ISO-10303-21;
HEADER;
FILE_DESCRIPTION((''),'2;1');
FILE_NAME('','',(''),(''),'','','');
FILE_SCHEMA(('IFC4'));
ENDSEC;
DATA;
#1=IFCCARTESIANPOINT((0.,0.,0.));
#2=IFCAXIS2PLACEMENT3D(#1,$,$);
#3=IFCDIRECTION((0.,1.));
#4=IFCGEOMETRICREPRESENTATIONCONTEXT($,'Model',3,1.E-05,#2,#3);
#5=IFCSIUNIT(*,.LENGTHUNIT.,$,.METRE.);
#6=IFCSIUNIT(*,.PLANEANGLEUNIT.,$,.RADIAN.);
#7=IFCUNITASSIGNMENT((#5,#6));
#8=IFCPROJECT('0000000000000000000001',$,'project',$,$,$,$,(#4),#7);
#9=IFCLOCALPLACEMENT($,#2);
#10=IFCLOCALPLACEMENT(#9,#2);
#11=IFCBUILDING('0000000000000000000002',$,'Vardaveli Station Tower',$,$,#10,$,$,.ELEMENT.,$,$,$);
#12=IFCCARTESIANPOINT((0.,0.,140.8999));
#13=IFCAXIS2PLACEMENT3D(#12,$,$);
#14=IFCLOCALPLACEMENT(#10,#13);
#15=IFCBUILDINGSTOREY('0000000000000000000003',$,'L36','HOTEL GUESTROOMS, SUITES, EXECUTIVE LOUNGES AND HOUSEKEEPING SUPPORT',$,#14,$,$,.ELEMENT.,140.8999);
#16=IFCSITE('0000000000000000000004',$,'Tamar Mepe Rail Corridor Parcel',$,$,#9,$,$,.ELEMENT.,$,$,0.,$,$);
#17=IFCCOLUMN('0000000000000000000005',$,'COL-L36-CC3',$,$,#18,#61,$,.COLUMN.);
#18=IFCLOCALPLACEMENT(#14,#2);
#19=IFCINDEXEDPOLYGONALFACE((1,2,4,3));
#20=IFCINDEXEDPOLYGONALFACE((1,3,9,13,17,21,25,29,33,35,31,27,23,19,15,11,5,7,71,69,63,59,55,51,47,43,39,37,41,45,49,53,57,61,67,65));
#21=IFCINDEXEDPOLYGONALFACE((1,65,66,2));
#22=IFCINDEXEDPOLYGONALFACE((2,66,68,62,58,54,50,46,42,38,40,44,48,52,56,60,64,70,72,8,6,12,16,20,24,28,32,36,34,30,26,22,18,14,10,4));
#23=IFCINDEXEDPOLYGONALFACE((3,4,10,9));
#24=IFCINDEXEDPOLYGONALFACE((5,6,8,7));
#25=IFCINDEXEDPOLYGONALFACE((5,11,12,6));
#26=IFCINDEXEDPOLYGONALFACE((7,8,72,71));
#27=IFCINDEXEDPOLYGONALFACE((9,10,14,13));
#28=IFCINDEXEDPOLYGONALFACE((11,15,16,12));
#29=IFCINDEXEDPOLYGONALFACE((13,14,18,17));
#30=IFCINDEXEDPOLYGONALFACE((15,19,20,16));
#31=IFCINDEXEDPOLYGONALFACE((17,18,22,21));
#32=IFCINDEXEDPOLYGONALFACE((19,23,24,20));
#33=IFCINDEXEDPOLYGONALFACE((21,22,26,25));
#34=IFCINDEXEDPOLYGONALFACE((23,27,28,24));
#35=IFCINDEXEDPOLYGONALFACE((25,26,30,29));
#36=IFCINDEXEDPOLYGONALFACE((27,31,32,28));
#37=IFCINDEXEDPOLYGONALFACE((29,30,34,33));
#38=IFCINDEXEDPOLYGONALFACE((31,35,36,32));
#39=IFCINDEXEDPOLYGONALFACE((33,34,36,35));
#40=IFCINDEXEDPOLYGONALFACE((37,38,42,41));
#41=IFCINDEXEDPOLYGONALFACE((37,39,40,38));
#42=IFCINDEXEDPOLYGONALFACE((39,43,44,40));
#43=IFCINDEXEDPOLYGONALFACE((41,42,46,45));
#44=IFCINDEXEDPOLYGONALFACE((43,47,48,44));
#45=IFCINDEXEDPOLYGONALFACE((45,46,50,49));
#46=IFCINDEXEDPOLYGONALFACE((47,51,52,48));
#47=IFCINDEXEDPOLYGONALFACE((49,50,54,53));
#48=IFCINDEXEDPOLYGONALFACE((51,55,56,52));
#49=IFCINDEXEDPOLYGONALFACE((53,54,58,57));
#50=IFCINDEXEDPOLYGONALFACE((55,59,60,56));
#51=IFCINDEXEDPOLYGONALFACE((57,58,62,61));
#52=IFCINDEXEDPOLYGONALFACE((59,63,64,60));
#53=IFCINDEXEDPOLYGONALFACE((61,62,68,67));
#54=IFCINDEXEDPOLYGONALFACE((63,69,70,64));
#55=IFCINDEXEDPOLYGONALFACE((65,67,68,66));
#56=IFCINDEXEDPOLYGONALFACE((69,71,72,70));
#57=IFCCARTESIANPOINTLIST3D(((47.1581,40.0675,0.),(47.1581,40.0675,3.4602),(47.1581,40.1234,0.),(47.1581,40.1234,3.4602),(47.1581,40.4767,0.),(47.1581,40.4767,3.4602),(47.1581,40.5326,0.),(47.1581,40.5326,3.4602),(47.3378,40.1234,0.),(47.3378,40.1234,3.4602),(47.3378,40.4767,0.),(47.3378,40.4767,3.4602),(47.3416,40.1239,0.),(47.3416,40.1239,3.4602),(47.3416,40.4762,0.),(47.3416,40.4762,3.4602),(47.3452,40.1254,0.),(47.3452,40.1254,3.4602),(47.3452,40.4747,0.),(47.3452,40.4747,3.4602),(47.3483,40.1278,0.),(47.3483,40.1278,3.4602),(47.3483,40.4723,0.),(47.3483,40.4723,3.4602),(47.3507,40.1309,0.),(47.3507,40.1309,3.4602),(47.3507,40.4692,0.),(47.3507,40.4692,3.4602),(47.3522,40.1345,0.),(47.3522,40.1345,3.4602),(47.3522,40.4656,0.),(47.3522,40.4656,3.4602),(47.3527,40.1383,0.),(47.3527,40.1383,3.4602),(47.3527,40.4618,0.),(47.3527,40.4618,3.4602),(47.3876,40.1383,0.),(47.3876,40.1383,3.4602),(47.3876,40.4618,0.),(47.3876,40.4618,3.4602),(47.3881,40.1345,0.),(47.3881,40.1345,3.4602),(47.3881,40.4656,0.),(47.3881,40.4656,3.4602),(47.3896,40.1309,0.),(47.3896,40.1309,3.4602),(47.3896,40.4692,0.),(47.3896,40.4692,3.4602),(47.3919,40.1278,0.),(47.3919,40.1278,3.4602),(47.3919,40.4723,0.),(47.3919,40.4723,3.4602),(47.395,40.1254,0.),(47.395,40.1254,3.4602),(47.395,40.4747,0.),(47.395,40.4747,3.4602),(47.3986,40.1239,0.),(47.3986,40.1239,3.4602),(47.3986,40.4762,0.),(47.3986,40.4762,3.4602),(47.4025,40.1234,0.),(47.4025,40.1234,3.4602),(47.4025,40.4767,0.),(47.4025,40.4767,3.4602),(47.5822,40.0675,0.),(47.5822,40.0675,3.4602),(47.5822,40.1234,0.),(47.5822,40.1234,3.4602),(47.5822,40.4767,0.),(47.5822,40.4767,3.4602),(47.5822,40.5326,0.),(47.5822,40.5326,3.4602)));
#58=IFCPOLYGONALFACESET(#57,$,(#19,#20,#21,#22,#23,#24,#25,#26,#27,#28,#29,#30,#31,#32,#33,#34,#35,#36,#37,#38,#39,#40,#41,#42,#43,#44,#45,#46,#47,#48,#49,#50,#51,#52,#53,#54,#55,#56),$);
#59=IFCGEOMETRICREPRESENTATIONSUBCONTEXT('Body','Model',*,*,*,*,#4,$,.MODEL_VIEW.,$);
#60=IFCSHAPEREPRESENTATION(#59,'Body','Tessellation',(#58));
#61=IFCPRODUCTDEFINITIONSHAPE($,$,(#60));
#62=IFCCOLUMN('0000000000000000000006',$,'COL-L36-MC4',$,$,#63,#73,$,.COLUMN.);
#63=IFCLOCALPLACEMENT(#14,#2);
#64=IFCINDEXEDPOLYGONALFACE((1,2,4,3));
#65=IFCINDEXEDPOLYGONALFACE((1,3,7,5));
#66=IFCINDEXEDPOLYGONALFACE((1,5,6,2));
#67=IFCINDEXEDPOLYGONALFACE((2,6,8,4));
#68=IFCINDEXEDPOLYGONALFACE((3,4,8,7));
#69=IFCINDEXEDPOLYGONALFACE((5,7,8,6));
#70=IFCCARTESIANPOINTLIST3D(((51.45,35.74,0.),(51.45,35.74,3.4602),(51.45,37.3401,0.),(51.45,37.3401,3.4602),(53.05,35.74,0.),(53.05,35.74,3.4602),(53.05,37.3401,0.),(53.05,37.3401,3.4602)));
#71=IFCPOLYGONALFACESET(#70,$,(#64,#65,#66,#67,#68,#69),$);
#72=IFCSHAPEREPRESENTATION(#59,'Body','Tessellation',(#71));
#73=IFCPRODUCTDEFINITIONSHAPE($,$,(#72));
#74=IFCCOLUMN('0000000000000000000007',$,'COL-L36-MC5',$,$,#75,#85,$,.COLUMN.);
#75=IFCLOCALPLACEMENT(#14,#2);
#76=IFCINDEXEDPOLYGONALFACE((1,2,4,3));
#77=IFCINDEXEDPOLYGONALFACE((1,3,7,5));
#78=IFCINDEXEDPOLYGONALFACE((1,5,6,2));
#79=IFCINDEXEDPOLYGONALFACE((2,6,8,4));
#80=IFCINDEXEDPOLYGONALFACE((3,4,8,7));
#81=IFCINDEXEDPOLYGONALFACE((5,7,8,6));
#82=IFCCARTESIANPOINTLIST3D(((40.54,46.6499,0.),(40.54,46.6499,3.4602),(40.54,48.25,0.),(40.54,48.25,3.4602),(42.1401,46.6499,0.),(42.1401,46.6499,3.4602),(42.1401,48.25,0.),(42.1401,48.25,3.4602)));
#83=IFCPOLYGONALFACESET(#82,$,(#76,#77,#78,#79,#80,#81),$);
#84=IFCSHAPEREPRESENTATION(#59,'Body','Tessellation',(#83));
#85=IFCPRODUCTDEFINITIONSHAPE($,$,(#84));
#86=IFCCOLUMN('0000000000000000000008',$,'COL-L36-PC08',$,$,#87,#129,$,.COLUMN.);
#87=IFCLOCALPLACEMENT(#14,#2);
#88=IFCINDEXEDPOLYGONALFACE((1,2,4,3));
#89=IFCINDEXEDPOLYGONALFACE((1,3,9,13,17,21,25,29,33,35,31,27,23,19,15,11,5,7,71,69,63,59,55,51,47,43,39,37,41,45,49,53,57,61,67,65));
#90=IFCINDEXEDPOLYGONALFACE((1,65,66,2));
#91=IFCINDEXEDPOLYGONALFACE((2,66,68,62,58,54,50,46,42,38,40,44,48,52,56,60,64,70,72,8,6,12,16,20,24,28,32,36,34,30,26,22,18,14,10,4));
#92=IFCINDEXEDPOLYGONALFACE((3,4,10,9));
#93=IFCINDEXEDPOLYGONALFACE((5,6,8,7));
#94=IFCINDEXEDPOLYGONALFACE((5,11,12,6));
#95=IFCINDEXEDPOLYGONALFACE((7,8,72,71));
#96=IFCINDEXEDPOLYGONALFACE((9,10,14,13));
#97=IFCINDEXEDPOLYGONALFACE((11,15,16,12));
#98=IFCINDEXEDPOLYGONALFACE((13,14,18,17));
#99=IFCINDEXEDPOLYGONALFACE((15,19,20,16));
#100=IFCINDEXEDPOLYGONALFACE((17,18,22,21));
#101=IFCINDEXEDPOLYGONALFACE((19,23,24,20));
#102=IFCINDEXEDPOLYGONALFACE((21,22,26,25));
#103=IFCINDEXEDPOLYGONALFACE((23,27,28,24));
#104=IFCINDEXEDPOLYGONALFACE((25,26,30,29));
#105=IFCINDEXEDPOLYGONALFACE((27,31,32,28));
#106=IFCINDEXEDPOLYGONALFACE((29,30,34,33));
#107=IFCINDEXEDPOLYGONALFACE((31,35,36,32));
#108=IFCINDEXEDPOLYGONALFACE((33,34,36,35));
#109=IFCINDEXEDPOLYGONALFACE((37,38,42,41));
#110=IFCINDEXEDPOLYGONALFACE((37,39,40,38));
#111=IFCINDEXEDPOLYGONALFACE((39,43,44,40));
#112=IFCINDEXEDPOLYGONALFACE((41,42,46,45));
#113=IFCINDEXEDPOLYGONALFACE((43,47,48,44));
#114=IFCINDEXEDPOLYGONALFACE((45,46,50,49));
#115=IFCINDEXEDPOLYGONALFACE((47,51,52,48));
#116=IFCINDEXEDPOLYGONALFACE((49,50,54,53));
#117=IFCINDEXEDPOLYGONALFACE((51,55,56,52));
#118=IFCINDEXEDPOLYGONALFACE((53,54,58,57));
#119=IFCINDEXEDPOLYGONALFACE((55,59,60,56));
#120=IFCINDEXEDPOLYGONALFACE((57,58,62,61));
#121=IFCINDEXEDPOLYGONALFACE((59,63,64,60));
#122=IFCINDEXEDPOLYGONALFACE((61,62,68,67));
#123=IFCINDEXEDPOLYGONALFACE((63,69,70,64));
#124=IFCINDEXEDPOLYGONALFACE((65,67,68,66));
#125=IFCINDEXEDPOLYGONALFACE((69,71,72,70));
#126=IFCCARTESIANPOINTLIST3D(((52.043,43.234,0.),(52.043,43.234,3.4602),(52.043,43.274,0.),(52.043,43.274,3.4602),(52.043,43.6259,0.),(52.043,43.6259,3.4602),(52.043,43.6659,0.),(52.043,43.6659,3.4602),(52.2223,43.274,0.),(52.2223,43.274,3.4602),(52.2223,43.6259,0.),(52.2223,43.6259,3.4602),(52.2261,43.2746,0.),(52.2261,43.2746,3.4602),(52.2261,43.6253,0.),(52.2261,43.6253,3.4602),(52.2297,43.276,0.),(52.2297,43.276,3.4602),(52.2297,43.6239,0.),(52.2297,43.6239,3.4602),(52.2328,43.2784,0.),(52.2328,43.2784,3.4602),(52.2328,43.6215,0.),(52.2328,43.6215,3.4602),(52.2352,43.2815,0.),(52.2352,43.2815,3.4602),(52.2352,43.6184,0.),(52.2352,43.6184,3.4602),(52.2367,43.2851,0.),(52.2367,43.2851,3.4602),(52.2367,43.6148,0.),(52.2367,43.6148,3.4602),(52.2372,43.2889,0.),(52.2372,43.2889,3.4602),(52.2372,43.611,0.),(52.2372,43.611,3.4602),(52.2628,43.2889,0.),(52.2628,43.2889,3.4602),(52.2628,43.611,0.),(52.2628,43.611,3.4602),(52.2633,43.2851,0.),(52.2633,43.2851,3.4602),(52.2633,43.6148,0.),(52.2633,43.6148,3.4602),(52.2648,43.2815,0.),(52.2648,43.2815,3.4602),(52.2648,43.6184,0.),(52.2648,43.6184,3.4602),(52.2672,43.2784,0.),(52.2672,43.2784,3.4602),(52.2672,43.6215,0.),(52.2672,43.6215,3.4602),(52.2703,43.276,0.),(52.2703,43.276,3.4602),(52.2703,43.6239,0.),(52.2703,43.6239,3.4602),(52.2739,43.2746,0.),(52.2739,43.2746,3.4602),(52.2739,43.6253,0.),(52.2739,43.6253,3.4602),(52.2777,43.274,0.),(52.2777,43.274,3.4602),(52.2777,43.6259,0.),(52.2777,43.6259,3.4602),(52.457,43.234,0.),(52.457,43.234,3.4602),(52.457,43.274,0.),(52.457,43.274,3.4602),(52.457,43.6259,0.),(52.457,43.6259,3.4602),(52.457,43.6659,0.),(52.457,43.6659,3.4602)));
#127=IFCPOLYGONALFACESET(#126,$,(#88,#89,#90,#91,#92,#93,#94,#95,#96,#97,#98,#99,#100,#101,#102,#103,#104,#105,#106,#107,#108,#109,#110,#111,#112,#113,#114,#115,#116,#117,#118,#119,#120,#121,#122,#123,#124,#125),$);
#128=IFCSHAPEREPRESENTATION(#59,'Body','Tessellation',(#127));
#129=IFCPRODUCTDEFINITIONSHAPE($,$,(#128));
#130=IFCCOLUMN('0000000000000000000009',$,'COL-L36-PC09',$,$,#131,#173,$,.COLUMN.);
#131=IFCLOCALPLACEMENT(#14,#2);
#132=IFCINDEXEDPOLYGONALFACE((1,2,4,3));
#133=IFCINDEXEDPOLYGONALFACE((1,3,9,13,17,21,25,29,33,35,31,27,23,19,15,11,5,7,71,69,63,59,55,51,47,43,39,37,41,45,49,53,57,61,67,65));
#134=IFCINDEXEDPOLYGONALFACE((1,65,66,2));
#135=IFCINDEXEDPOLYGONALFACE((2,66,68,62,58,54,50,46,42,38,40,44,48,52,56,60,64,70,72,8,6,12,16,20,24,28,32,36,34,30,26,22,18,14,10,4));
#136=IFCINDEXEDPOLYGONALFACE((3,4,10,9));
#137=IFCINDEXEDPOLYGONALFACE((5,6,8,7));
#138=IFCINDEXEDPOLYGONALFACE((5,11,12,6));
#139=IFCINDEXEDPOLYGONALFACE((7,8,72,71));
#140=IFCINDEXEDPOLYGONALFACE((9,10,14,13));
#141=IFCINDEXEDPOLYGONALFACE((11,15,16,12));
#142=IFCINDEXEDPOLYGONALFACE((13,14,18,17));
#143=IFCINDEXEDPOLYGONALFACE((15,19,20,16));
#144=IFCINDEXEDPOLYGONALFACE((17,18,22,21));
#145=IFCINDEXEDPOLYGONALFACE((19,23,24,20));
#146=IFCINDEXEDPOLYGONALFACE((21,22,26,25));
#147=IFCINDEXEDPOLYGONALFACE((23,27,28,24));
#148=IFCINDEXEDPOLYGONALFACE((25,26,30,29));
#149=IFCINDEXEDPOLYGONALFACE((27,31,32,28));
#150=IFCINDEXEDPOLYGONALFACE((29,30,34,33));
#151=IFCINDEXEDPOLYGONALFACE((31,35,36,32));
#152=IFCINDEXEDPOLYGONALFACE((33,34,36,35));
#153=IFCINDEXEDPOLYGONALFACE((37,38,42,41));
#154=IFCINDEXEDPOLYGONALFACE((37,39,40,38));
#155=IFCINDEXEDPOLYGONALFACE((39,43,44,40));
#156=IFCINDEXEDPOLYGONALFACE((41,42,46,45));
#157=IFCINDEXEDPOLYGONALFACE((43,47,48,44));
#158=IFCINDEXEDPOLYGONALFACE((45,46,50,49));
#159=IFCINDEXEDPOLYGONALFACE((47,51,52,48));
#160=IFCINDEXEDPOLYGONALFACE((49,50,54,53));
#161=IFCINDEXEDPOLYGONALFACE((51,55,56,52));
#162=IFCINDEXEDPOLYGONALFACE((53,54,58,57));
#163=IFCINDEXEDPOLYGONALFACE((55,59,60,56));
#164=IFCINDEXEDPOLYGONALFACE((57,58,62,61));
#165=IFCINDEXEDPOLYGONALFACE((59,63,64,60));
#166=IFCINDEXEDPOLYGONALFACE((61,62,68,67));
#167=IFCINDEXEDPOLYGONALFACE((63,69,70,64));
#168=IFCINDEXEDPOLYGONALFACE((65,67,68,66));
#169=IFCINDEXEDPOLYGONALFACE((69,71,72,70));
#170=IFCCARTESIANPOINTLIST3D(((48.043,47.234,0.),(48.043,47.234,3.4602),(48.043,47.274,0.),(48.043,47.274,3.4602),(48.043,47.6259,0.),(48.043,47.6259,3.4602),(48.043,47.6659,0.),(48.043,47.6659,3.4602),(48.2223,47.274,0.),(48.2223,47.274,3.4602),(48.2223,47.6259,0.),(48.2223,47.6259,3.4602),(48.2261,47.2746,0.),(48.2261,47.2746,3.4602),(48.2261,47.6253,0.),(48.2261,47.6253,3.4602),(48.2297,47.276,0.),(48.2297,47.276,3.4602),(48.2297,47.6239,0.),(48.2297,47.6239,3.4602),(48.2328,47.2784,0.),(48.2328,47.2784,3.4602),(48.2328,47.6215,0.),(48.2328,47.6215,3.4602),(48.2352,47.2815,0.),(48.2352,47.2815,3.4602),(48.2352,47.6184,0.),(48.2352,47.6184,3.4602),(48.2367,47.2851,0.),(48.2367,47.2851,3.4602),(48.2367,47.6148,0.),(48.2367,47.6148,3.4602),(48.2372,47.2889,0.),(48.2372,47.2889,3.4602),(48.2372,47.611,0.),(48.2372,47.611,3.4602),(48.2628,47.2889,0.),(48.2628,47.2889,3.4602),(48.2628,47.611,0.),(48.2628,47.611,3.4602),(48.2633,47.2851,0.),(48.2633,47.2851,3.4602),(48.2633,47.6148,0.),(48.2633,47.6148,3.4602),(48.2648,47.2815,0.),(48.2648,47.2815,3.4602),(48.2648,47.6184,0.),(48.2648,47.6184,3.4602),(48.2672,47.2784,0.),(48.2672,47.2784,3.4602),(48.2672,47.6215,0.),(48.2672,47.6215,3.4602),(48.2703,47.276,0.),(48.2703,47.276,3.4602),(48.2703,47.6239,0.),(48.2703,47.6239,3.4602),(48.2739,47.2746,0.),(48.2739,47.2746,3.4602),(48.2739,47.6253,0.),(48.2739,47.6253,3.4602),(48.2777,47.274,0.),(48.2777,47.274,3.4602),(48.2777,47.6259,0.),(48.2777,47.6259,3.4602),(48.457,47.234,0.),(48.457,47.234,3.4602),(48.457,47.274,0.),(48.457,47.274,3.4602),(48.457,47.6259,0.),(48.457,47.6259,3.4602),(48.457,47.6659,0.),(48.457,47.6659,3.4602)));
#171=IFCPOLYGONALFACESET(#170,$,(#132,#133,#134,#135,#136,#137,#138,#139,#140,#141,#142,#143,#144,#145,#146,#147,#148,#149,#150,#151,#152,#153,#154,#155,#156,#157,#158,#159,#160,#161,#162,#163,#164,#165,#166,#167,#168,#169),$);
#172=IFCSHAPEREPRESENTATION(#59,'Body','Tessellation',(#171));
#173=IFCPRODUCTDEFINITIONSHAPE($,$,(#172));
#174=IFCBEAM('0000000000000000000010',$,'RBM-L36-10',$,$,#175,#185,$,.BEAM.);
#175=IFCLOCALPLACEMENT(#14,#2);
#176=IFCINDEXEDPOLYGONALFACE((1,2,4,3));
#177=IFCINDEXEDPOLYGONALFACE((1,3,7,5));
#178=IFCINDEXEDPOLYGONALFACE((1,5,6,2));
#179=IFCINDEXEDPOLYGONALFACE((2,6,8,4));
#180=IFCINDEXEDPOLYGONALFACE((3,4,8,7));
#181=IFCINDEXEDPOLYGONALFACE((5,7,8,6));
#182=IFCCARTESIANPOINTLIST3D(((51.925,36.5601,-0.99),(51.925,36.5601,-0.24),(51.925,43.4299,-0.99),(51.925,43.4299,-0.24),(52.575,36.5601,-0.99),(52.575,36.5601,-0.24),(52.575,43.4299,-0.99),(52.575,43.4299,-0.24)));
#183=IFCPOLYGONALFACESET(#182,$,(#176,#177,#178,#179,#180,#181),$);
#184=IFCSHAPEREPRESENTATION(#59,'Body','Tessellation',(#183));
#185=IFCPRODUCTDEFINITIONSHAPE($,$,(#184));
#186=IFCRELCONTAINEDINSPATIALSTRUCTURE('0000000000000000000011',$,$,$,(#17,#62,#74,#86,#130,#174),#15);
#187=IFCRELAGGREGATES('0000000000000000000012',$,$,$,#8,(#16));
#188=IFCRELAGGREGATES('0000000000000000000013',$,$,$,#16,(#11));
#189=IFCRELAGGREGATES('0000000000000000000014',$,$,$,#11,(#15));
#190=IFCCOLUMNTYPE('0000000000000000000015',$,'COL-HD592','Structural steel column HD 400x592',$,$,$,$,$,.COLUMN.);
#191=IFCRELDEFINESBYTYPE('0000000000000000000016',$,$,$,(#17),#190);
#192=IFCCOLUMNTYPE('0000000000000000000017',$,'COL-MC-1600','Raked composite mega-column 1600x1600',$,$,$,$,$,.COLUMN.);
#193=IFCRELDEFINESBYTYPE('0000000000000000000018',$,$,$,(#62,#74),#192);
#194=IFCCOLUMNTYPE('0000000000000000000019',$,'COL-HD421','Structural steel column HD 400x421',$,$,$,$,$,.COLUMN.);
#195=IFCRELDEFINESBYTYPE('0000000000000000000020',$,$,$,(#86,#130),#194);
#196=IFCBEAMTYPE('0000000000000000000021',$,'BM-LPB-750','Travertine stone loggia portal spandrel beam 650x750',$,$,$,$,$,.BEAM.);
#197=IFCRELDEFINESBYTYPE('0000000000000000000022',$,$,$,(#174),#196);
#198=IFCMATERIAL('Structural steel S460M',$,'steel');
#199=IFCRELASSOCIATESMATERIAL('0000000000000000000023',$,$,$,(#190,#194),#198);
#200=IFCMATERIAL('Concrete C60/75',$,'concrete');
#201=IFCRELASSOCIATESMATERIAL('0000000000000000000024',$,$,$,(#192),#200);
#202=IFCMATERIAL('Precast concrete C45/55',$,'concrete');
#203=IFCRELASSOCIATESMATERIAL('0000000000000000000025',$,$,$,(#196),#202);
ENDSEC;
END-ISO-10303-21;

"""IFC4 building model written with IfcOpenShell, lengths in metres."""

from ifc_helpers import new_model, si_unit, direction, frame, origin, origin_2d, place, context, subcontext, project, spatial, rectangle, i_section, extrude, source, transform, mapped, material, material_profile, profile_set, type_object, element, save


model = new_model("IFC4")

# Units and contexts
model_context = context("Model", 3, precision=1e-05, world=origin(), true_north=direction((0.0, 1.0)))
body_context = subcontext(model_context, "Body", "Model", "MODEL_VIEW")
ifc_project = project(units=[si_unit("LENGTHUNIT", "METRE"), si_unit("PLANEANGLEUNIT", "RADIAN")], contexts=[model_context])

# Site, building, storey
site_placement = place(None, origin())
site = spatial("IfcSite", under=ifc_project, at=site_placement, Name="Tamar Mepe Rail Corridor Parcel", CompositionType="ELEMENT", RefElevation=0.0)
building_placement = place(site_placement, origin())
building = spatial("IfcBuilding", under=site, at=building_placement, Name="Vardaveli Station Tower", CompositionType="ELEMENT")
storey_placement = place(building_placement, frame((0.0, 0.0, 140.8999)))
storey = spatial("IfcBuildingStorey", under=building, at=storey_placement, Name="L36", Description="HOTEL GUESTROOMS, SUITES, EXECUTIVE LOUNGES AND HOUSEKEEPING SUPPORT", CompositionType="ELEMENT", Elevation=140.8999)

# Columns
ifc_material_1 = material(Name="Structural steel S460M", Category="steel")
ifc_material_profile_1 = material_profile(ifc_material_1, i_section(OverallWidth=0.4241, OverallDepth=0.4651, WebThickness=0.0349, FlangeThickness=0.0559, FilletRadius=0.0149, at=origin_2d()), Name="HD 400x592")
ifc_profile_set_1 = profile_set([ifc_material_profile_1], Name="Structural steel S460M")
column_type_1 = type_object("IfcColumnType", Name="COL-HD592", Description="Structural steel column HD 400x592", PredefinedType="COLUMN", material=ifc_profile_set_1)
shared_shape_1 = source(origin(), body_context, "Body", "SweptSolid", [
    extrude(i_section(OverallWidth=0.4241, OverallDepth=0.4651, WebThickness=0.0349, FlangeThickness=0.0559, FilletRadius=0.0149, at=origin_2d()), origin(), (0.0, 0.0, 1.0), 3.4602),
])
column_placement = place(storey_placement, frame((47.3701, 40.3, 0.0), z_axis=(0.0, 0.0, 1.0), x_axis=(1.0, 0.0, 0.0)))
element("IfcColumn", 1, at=column_placement, inside=storey, type_object=column_type_1, Name="COL-L36-CC3", PredefinedType="COLUMN", context=body_context, shape_type="MappedRepresentation", body=[
    mapped(shared_shape_1, transform((0.0, 0.0, 0.0), scale=1.0)),
])
ifc_material_2 = material(Name="Concrete C60/75", Category="concrete")
ifc_material_profile_2 = material_profile(ifc_material_2, rectangle(XDim=1.6001, YDim=1.6001, at=origin_2d()), Name="MC 1600x1600")
ifc_profile_set_2 = profile_set([ifc_material_profile_2], Name="Concrete C60/75")
column_type_2 = type_object("IfcColumnType", Name="COL-MC-1600", Description="Raked composite mega-column 1600x1600", PredefinedType="COLUMN", material=ifc_profile_set_2)
shared_shape_2 = source(origin(), body_context, "Body", "SweptSolid", [
    extrude(rectangle(XDim=1.6001, YDim=1.6001, at=origin_2d()), origin(), (0.0, 0.0, 1.0), 3.4602),
])
for number, where, z_axis, x_axis, name in (
    (2, (52.25, 36.54, 0.0), (0.0, 0.0, 1.0), (1.0, 0.0, 0.0), "COL-L36-MC4"),
    (3, (41.3401, 47.45, 0.0), (0.0, 0.0, 1.0), (1.0, 0.0, 0.0), "COL-L36-MC5"),
):
    element("IfcColumn", number, at=place(storey_placement, frame(where, z_axis=z_axis, x_axis=x_axis)), inside=storey, type_object=column_type_2, Name=name, PredefinedType="COLUMN", context=body_context, shape_type="MappedRepresentation", body=[
        mapped(shared_shape_2, transform((0.0, 0.0, 0.0), scale=1.0)),
    ])
ifc_material_profile_3 = material_profile(ifc_material_1, i_section(OverallWidth=0.4141, OverallDepth=0.4319, WebThickness=0.0256, FlangeThickness=0.04, FilletRadius=0.0149, at=origin_2d()), Name="HD 400x421")
ifc_profile_set_3 = profile_set([ifc_material_profile_3], Name="Structural steel S460M")
column_type_3 = type_object("IfcColumnType", Name="COL-HD421", Description="Structural steel column HD 400x421", PredefinedType="COLUMN", material=ifc_profile_set_3)
shared_shape_3 = source(origin(), body_context, "Body", "SweptSolid", [
    extrude(i_section(OverallWidth=0.4141, OverallDepth=0.4319, WebThickness=0.0256, FlangeThickness=0.04, FilletRadius=0.0149, at=origin_2d()), origin(), (0.0, 0.0, 1.0), 3.4602),
])
for number, where, z_axis, x_axis, name in (
    (4, (52.25, 43.45, 0.0), (0.0, 0.0, 1.0), (1.0, 0.0, 0.0), "COL-L36-PC08"),
    (5, (48.25, 47.45, 0.0), (0.0, 0.0, 1.0), (1.0, 0.0, 0.0), "COL-L36-PC09"),
):
    element("IfcColumn", number, at=place(storey_placement, frame(where, z_axis=z_axis, x_axis=x_axis)), inside=storey, type_object=column_type_3, Name=name, PredefinedType="COLUMN", context=body_context, shape_type="MappedRepresentation", body=[
        mapped(shared_shape_3, transform((0.0, 0.0, 0.0), scale=1.0)),
    ])

# Beam
ifc_material_3 = material(Name="Precast concrete C45/55", Category="concrete")
ifc_material_profile_4 = material_profile(ifc_material_3, rectangle(XDim=0.6499, YDim=0.75, at=origin_2d()), Name="LPB 650x750")
ifc_profile_set_4 = profile_set([ifc_material_profile_4], Name="Precast concrete C45/55")
beam_type = type_object("IfcBeamType", Name="BM-LPB-750", Description="Travertine stone loggia portal spandrel beam 650x750", PredefinedType="BEAM", material=ifc_profile_set_4)
shared_shape_4 = source(origin(), body_context, "Body", "SweptSolid", [
    extrude(rectangle(XDim=0.6499, YDim=0.75, at=origin_2d()), origin(), (0.0, 0.0, 1.0), 6.8699),
])
for number, where, z_axis, x_axis, name in (
    (6, (52.25, 36.5601, -0.615), (0.0, 1.0, 0.0), (-1.0, 0.0, 0.0), "RBM-L36-10"),
):
    element("IfcBeam", number, at=place(storey_placement, frame(where, z_axis=z_axis, x_axis=x_axis)), inside=storey, type_object=beam_type, Name=name, PredefinedType="BEAM", context=body_context, shape_type="MappedRepresentation", body=[
        mapped(shared_shape_4, transform((0.0, 0.0, 0.0), scale=1.0)),
    ])

save(model, "model.ifc")
